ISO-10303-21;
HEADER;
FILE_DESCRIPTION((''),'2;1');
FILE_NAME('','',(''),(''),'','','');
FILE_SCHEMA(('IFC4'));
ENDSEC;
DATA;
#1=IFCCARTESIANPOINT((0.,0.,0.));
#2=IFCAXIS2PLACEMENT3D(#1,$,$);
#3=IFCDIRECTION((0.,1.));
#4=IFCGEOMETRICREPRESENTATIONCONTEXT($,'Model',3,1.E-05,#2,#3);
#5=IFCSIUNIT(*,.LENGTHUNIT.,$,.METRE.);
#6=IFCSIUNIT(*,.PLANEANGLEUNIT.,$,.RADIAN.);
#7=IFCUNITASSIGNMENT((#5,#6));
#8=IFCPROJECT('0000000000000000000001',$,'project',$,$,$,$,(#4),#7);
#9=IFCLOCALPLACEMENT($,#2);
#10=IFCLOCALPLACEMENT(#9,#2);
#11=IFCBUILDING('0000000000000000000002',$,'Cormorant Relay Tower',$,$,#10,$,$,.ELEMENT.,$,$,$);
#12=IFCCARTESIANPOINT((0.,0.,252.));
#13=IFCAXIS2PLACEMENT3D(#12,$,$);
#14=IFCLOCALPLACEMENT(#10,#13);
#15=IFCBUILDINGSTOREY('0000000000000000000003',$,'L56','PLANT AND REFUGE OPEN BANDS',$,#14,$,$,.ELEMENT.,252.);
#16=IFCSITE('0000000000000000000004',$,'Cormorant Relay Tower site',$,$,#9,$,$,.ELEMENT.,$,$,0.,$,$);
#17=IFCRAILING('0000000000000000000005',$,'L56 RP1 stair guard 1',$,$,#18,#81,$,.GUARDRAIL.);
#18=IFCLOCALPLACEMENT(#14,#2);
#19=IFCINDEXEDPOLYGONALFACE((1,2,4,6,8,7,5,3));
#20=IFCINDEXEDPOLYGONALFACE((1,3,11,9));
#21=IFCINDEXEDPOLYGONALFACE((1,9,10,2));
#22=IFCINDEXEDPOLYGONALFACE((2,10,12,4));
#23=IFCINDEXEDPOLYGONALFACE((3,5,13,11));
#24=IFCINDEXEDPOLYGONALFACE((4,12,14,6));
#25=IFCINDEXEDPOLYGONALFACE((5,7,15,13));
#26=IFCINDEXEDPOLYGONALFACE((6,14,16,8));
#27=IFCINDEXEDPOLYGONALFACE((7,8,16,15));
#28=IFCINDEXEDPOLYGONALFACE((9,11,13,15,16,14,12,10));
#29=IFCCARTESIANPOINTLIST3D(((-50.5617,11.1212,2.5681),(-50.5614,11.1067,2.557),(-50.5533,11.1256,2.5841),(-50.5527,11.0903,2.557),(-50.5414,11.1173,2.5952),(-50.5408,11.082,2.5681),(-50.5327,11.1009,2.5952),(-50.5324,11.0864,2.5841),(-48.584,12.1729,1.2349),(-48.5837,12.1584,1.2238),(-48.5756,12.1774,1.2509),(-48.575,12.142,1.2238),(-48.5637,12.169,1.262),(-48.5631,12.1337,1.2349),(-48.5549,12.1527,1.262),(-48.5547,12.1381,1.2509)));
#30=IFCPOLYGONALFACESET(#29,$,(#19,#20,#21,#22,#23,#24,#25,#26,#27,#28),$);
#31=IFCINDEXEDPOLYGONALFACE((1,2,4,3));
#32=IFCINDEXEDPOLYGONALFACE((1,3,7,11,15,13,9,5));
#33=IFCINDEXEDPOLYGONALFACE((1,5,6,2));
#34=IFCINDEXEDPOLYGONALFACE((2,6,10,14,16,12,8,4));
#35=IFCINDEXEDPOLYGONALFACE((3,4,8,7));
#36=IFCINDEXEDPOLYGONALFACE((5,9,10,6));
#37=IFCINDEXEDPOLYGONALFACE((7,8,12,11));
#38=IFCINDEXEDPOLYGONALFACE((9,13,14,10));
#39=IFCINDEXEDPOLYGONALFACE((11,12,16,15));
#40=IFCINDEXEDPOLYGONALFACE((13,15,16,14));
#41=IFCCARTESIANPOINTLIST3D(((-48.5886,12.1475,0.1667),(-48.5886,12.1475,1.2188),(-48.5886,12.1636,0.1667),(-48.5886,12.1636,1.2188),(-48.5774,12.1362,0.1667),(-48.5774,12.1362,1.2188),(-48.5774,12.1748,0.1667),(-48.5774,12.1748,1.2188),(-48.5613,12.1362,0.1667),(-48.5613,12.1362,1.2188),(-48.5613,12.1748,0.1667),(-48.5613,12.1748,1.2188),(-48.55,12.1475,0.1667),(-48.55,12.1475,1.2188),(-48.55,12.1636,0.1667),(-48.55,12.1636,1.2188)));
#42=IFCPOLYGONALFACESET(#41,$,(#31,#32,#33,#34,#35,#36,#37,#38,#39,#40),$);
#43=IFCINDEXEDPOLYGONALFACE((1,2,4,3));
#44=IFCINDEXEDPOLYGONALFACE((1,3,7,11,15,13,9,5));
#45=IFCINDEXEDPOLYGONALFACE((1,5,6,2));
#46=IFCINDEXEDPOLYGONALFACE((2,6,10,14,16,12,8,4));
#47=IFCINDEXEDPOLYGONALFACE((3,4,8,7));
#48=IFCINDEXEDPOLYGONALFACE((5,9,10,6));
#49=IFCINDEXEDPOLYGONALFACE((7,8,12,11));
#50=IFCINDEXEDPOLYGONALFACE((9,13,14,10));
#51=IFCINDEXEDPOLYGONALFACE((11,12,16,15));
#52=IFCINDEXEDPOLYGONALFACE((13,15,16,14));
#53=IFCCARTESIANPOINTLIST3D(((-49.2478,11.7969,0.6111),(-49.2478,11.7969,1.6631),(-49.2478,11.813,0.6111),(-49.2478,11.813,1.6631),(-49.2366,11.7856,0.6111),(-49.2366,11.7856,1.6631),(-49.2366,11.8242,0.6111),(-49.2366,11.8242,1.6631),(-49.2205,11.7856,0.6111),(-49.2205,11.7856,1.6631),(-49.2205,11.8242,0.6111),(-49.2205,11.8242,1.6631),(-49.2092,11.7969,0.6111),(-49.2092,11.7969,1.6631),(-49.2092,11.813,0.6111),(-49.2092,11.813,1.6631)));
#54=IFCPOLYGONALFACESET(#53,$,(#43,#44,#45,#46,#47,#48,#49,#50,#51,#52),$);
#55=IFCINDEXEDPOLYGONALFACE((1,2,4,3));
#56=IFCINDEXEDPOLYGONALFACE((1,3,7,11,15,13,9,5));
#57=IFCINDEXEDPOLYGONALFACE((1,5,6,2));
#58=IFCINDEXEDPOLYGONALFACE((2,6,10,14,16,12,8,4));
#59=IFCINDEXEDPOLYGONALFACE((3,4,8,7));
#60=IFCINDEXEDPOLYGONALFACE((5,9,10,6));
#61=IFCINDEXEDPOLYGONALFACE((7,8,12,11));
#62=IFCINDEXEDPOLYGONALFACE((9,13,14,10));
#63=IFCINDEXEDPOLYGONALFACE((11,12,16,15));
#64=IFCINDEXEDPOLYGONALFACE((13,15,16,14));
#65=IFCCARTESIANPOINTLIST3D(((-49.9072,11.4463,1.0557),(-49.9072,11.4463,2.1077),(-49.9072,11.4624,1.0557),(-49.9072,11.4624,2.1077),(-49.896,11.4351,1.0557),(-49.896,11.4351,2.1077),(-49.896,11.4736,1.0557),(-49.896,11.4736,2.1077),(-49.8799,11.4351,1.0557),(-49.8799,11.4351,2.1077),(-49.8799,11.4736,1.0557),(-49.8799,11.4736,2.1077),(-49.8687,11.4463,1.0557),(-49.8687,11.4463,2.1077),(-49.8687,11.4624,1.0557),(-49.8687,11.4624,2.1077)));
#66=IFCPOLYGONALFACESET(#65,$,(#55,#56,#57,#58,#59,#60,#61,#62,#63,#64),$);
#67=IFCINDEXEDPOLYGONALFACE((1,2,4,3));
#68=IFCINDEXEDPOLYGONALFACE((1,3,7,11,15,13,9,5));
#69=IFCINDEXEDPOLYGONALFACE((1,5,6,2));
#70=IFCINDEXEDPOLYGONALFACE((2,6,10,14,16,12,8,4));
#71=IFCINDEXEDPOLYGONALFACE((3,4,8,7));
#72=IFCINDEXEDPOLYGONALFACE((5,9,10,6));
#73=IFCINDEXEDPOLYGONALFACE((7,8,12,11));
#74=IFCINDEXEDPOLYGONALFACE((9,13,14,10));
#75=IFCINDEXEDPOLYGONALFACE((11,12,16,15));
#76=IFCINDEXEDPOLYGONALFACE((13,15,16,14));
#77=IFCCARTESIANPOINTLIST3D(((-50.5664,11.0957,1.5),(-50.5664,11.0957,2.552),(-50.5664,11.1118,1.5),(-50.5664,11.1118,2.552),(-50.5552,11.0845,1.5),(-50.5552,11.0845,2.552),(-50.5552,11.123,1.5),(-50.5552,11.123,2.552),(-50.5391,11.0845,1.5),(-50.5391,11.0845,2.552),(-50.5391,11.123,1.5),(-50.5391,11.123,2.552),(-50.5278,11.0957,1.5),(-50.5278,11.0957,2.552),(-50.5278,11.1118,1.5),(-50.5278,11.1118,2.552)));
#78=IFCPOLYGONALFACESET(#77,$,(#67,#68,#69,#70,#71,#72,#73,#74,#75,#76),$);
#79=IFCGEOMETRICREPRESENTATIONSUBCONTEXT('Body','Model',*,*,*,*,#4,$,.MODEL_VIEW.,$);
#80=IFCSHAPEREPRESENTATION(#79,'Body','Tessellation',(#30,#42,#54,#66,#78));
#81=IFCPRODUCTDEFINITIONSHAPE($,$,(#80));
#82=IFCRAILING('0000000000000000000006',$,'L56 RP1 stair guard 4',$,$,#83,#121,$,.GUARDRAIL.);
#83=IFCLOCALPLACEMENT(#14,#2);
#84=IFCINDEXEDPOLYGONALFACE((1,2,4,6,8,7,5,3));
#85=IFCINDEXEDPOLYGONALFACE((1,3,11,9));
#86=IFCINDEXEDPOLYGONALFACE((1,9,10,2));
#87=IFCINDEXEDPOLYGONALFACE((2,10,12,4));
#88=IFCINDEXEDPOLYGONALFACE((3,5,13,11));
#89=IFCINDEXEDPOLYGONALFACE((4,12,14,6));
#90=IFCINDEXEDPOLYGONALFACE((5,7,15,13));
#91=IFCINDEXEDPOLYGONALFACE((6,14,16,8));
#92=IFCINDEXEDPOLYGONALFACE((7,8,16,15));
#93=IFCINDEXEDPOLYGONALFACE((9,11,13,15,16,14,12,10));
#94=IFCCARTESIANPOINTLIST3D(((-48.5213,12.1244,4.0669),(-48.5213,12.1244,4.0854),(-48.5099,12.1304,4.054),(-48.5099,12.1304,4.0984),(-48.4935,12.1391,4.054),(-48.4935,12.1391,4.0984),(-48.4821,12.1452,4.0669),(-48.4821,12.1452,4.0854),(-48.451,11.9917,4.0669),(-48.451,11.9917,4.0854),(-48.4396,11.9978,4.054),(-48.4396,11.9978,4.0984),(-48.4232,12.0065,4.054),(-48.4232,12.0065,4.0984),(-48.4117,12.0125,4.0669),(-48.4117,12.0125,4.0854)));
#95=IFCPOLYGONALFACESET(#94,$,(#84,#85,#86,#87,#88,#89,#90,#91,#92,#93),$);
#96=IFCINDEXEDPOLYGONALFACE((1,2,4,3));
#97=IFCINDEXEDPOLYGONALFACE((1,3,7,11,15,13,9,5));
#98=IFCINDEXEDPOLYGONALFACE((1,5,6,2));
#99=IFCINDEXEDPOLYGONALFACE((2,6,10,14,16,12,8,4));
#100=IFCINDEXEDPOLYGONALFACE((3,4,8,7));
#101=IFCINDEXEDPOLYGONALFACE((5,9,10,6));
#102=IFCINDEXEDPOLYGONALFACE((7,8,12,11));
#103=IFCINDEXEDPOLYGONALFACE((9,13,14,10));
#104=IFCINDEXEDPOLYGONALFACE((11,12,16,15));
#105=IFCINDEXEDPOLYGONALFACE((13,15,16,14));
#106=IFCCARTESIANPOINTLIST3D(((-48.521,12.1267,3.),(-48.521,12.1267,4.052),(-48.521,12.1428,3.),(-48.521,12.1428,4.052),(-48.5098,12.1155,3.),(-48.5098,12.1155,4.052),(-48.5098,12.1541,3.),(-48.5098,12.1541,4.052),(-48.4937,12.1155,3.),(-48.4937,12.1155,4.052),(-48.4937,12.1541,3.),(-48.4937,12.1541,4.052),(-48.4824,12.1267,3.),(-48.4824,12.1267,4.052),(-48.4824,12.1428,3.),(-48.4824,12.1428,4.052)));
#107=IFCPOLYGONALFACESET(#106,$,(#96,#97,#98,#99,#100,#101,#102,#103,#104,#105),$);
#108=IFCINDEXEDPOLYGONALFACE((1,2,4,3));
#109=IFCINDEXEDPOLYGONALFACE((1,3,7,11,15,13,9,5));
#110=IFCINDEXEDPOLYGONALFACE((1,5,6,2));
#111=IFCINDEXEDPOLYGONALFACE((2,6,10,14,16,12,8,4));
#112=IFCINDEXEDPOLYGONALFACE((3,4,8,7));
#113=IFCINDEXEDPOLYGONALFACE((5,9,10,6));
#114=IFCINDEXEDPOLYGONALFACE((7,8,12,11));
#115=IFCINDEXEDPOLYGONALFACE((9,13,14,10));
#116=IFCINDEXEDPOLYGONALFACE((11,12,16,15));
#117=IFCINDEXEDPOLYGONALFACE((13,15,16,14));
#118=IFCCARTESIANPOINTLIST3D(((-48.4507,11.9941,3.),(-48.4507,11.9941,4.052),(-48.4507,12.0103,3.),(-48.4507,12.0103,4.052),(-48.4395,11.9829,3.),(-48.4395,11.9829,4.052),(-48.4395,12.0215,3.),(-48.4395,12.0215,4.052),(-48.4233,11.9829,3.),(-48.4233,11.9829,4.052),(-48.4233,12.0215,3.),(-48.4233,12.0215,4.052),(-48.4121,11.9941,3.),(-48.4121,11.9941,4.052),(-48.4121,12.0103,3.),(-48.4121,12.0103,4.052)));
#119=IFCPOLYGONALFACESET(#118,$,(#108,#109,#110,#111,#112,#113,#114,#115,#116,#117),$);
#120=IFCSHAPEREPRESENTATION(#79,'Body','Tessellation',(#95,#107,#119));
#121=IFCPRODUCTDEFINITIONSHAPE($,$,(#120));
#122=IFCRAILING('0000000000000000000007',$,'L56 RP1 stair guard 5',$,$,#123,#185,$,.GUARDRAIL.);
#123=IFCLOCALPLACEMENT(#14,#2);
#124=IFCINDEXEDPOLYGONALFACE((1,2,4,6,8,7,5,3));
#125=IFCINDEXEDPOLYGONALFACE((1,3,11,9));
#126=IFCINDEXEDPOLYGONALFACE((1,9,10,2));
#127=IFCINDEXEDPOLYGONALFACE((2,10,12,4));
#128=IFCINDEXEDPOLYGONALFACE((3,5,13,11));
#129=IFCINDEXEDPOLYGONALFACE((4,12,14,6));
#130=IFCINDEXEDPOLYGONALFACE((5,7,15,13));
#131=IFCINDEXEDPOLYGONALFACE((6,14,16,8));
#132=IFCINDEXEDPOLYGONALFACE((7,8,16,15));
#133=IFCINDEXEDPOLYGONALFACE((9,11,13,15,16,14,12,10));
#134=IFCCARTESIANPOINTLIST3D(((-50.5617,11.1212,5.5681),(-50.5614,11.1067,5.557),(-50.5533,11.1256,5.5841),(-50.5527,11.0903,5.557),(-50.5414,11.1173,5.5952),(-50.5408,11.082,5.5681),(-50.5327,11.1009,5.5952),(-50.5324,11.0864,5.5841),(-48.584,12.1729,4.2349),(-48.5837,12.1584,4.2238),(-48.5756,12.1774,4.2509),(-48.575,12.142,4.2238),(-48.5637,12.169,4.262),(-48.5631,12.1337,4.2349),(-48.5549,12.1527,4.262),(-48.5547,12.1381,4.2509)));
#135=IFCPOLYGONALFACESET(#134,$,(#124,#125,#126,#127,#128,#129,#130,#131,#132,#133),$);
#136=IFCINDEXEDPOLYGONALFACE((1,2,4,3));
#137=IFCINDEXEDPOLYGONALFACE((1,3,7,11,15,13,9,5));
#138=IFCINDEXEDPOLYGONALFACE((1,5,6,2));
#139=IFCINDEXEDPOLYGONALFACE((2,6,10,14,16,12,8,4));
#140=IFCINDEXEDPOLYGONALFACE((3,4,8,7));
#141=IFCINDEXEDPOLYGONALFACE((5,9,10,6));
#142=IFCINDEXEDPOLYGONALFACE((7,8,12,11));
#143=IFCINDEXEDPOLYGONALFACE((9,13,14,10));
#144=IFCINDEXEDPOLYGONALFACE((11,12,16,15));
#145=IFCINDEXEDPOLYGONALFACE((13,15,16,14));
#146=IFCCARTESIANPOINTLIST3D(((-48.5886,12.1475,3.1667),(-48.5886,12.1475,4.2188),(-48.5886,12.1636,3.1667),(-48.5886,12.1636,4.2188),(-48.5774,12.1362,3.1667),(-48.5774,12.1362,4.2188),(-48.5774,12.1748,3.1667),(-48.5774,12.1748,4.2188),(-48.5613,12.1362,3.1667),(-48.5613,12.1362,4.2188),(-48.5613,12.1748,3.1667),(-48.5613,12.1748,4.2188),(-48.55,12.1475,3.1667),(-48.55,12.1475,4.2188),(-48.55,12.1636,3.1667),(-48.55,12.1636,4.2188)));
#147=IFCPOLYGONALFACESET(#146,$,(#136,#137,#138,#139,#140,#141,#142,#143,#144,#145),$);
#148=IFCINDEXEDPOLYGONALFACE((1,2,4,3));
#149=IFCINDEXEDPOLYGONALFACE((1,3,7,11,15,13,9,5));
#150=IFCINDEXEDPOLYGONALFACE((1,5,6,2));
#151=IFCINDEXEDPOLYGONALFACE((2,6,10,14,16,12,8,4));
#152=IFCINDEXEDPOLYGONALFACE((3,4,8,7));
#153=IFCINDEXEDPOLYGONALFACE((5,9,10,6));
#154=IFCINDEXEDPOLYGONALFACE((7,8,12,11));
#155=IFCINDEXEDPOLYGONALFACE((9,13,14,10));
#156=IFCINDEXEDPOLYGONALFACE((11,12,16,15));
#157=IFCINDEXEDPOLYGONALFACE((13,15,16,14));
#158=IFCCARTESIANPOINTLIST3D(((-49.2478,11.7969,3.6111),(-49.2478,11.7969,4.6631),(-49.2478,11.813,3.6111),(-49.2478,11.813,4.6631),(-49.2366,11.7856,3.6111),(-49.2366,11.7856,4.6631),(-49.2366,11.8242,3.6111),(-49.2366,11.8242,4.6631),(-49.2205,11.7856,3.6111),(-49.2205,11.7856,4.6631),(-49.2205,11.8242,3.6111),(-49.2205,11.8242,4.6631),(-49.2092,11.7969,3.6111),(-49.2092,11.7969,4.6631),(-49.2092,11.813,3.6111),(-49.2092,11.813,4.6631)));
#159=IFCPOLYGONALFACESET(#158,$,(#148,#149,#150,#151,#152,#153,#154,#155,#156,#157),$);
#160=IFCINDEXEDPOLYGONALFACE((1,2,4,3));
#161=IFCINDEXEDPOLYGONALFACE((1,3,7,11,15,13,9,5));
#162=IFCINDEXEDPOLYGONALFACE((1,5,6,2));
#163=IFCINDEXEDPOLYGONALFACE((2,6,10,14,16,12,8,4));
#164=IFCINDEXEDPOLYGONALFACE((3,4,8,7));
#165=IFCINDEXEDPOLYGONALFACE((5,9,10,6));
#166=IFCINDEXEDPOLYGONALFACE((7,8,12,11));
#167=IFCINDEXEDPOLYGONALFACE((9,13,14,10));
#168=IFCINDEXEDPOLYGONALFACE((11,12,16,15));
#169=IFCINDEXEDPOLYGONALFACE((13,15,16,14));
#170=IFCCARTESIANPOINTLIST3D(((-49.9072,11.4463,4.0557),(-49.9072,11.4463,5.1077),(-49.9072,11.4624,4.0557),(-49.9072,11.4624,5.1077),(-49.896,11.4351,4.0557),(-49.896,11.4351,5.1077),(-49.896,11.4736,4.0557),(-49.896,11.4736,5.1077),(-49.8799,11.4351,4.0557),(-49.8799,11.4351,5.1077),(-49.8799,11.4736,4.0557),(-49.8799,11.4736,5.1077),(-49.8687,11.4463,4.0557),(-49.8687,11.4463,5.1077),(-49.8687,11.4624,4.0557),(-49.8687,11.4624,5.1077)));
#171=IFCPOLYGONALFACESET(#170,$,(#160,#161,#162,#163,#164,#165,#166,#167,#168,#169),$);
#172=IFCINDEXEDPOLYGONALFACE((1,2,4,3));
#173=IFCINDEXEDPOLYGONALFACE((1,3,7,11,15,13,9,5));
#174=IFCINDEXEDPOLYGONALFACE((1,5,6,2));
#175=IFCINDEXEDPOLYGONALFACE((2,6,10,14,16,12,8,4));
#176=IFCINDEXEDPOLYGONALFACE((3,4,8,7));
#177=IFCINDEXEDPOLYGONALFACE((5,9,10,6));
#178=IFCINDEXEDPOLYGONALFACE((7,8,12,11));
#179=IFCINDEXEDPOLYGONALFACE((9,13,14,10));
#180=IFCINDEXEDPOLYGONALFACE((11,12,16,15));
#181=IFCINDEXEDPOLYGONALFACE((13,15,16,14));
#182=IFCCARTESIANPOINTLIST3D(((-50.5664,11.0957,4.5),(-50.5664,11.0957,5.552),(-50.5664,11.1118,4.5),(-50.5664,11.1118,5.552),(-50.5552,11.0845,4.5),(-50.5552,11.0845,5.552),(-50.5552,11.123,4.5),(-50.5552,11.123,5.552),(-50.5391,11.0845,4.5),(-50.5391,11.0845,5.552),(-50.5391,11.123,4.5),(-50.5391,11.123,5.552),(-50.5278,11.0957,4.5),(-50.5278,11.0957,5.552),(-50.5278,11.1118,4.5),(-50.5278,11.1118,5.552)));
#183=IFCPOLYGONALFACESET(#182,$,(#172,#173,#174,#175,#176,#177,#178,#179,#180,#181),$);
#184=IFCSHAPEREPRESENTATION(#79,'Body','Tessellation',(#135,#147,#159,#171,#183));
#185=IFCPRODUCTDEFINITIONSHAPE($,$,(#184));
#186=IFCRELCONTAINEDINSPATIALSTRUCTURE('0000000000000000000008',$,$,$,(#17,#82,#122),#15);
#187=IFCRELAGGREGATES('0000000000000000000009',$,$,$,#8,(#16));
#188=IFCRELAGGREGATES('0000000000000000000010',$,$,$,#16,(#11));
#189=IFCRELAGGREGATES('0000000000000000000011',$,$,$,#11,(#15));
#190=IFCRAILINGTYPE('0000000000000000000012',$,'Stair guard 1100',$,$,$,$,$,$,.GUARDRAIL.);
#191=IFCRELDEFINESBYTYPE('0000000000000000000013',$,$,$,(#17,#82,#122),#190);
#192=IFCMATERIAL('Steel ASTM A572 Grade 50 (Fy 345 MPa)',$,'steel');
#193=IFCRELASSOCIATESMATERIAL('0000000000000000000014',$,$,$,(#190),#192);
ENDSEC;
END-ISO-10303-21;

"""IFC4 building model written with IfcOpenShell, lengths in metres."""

from ifc_helpers import new_model, si_unit, direction, frame, origin, place, context, subcontext, project, spatial, polyline, outline, extrude, material, type_object, element, save


model = new_model("IFC4")

# Units and contexts
model_context = context("Model", 3, precision=1e-05, world=origin(), true_north=direction((0.0, 1.0)))
body_context = subcontext(model_context, "Body", "Model", "MODEL_VIEW")
ifc_project = project(units=[si_unit("LENGTHUNIT", "METRE"), si_unit("PLANEANGLEUNIT", "RADIAN")], contexts=[model_context])

# Site, building, storey
site_placement = place(None, origin())
site = spatial("IfcSite", under=ifc_project, at=site_placement, Name="Cormorant Relay Tower site", CompositionType="ELEMENT", RefElevation=0.0)
building_placement = place(site_placement, origin())
building = spatial("IfcBuilding", under=site, at=building_placement, Name="Cormorant Relay Tower", CompositionType="ELEMENT")
storey_placement = place(building_placement, frame((0.0, 0.0, 252.0)))
storey = spatial("IfcBuildingStorey", under=building, at=storey_placement, Name="L56", Description="PLANT AND REFUGE OPEN BANDS", CompositionType="ELEMENT", Elevation=252.0)

# Railings
ifc_material_1 = material(Name="Steel ASTM A572 Grade 50 (Fy 345 MPa)", Category="steel")
railing_type_1 = type_object("IfcRailingType", Name="Stair guard 1100", PredefinedType="GUARDRAIL", material=ifc_material_1)
railing_1_placement = place(storey_placement, frame((-48.5693, 12.1555, 0.1667)))
element("IfcRailing", 1, at=railing_1_placement, inside=storey, type_object=railing_type_1, Name="L56 RP1 stair guard 1", PredefinedType="GUARDRAIL", context=body_context, shape_type="SweptSolid", body=[
    extrude(outline(polyline([(0.0222, 0.0093), (0.0093, 0.0222), (-0.0093, 0.0222), (-0.0222, 0.0093), (-0.0222, -0.0093), (-0.0093, -0.0222), (0.0093, -0.0222), (0.0222, -0.0093), (0.0222, 0.0093)])), frame((0.0, 0.0, 1.0762), z_axis=(-0.758703, -0.403468, 0.511452), x_axis=(0.469524, -0.882919, 0.0)), (0.0, 0.0, 1.0), 2.6067),
    extrude(outline(polyline([(0.0193, 0.0081), (0.0081, 0.0193), (-0.0081, 0.0193), (-0.0193, 0.0081), (-0.0193, -0.0081), (-0.0081, -0.0193), (0.0081, -0.0193), (0.0193, -0.0081), (0.0193, 0.0081)])), origin(), (0.0, 0.0, 1.0), 1.052),
    extrude(outline(polyline([(0.0193, 0.0081), (0.0081, 0.0193), (-0.0081, 0.0193), (-0.0193, 0.0081), (-0.0193, -0.0081), (-0.0081, -0.0193), (0.0081, -0.0193), (0.0193, -0.0081), (0.0193, 0.0081)])), frame((-0.6592, -0.3506, 0.4443)), (0.0, 0.0, 1.0), 1.052),
    extrude(outline(polyline([(0.0193, 0.0081), (0.0081, 0.0193), (-0.0081, 0.0193), (-0.0193, 0.0081), (-0.0193, -0.0081), (-0.0081, -0.0193), (0.0081, -0.0193), (0.0193, -0.0081), (0.0193, 0.0081)])), frame((-1.3186, -0.7012, 0.8889)), (0.0, 0.0, 1.0), 1.052),
    extrude(outline(polyline([(0.0193, 0.0081), (0.0081, 0.0193), (-0.0081, 0.0193), (-0.0193, 0.0081), (-0.0193, -0.0081), (-0.0081, -0.0193), (0.0081, -0.0193), (0.0193, -0.0081), (0.0193, 0.0081)])), frame((-1.9778, -1.0518, 1.3333)), (0.0, 0.0, 1.0), 1.052),
])
railing_2_placement = place(storey_placement, frame((-48.5017, 12.1348, 3.0)))
element("IfcRailing", 2, at=railing_2_placement, inside=storey, type_object=railing_type_1, Name="L56 RP1 stair guard 4", PredefinedType="GUARDRAIL", context=body_context, shape_type="SweptSolid", body=[
    extrude(outline(polyline([(0.0222, 0.0093), (0.0093, 0.0222), (-0.0093, 0.0222), (-0.0222, 0.0093), (-0.0222, -0.0093), (-0.0093, -0.0222), (0.0093, -0.0222), (0.0222, -0.0093), (0.0222, 0.0093)])), frame((0.0, 0.0, 1.0762), z_axis=(0.46856, -0.883431, 0.0), x_axis=(0.883431, 0.46856, 0.0)), (0.0, 0.0, 1.0), 0.1501),
    extrude(outline(polyline([(0.0193, 0.0081), (0.0081, 0.0193), (-0.0081, 0.0193), (-0.0193, 0.0081), (-0.0193, -0.0081), (-0.0081, -0.0193), (0.0081, -0.0193), (0.0193, -0.0081), (0.0193, 0.0081)])), origin(), (0.0, 0.0, 1.0), 1.052),
    extrude(outline(polyline([(0.0193, 0.0081), (0.0081, 0.0193), (-0.0081, 0.0193), (-0.0193, 0.0081), (-0.0193, -0.0081), (-0.0081, -0.0193), (0.0081, -0.0193), (0.0193, -0.0081), (0.0193, 0.0081)])), frame((0.0703, -0.1326, 0.0)), (0.0, 0.0, 1.0), 1.052),
])
railing_3_placement = place(storey_placement, frame((-48.5693, 12.1555, 3.1667)))
element("IfcRailing", 3, at=railing_3_placement, inside=storey, type_object=railing_type_1, Name="L56 RP1 stair guard 5", PredefinedType="GUARDRAIL", context=body_context, shape_type="SweptSolid", body=[
    extrude(outline(polyline([(0.0222, 0.0093), (0.0093, 0.0222), (-0.0093, 0.0222), (-0.0222, 0.0093), (-0.0222, -0.0093), (-0.0093, -0.0222), (0.0093, -0.0222), (0.0222, -0.0093), (0.0222, 0.0093)])), frame((0.0, 0.0, 1.0762), z_axis=(-0.758703, -0.403468, 0.511452), x_axis=(0.469524, -0.882919, 0.0)), (0.0, 0.0, 1.0), 2.6067),
    extrude(outline(polyline([(0.0193, 0.0081), (0.0081, 0.0193), (-0.0081, 0.0193), (-0.0193, 0.0081), (-0.0193, -0.0081), (-0.0081, -0.0193), (0.0081, -0.0193), (0.0193, -0.0081), (0.0193, 0.0081)])), origin(), (0.0, 0.0, 1.0), 1.052),
    extrude(outline(polyline([(0.0193, 0.0081), (0.0081, 0.0193), (-0.0081, 0.0193), (-0.0193, 0.0081), (-0.0193, -0.0081), (-0.0081, -0.0193), (0.0081, -0.0193), (0.0193, -0.0081), (0.0193, 0.0081)])), frame((-0.6592, -0.3506, 0.4443)), (0.0, 0.0, 1.0), 1.052),
    extrude(outline(polyline([(0.0193, 0.0081), (0.0081, 0.0193), (-0.0081, 0.0193), (-0.0193, 0.0081), (-0.0193, -0.0081), (-0.0081, -0.0193), (0.0081, -0.0193), (0.0193, -0.0081), (0.0193, 0.0081)])), frame((-1.3186, -0.7012, 0.8889)), (0.0, 0.0, 1.0), 1.052),
    extrude(outline(polyline([(0.0193, 0.0081), (0.0081, 0.0193), (-0.0081, 0.0193), (-0.0193, 0.0081), (-0.0193, -0.0081), (-0.0081, -0.0193), (0.0081, -0.0193), (0.0193, -0.0081), (0.0193, 0.0081)])), frame((-1.9778, -1.0518, 1.3333)), (0.0, 0.0, 1.0), 1.052),
])

save(model, "model.ifc")
